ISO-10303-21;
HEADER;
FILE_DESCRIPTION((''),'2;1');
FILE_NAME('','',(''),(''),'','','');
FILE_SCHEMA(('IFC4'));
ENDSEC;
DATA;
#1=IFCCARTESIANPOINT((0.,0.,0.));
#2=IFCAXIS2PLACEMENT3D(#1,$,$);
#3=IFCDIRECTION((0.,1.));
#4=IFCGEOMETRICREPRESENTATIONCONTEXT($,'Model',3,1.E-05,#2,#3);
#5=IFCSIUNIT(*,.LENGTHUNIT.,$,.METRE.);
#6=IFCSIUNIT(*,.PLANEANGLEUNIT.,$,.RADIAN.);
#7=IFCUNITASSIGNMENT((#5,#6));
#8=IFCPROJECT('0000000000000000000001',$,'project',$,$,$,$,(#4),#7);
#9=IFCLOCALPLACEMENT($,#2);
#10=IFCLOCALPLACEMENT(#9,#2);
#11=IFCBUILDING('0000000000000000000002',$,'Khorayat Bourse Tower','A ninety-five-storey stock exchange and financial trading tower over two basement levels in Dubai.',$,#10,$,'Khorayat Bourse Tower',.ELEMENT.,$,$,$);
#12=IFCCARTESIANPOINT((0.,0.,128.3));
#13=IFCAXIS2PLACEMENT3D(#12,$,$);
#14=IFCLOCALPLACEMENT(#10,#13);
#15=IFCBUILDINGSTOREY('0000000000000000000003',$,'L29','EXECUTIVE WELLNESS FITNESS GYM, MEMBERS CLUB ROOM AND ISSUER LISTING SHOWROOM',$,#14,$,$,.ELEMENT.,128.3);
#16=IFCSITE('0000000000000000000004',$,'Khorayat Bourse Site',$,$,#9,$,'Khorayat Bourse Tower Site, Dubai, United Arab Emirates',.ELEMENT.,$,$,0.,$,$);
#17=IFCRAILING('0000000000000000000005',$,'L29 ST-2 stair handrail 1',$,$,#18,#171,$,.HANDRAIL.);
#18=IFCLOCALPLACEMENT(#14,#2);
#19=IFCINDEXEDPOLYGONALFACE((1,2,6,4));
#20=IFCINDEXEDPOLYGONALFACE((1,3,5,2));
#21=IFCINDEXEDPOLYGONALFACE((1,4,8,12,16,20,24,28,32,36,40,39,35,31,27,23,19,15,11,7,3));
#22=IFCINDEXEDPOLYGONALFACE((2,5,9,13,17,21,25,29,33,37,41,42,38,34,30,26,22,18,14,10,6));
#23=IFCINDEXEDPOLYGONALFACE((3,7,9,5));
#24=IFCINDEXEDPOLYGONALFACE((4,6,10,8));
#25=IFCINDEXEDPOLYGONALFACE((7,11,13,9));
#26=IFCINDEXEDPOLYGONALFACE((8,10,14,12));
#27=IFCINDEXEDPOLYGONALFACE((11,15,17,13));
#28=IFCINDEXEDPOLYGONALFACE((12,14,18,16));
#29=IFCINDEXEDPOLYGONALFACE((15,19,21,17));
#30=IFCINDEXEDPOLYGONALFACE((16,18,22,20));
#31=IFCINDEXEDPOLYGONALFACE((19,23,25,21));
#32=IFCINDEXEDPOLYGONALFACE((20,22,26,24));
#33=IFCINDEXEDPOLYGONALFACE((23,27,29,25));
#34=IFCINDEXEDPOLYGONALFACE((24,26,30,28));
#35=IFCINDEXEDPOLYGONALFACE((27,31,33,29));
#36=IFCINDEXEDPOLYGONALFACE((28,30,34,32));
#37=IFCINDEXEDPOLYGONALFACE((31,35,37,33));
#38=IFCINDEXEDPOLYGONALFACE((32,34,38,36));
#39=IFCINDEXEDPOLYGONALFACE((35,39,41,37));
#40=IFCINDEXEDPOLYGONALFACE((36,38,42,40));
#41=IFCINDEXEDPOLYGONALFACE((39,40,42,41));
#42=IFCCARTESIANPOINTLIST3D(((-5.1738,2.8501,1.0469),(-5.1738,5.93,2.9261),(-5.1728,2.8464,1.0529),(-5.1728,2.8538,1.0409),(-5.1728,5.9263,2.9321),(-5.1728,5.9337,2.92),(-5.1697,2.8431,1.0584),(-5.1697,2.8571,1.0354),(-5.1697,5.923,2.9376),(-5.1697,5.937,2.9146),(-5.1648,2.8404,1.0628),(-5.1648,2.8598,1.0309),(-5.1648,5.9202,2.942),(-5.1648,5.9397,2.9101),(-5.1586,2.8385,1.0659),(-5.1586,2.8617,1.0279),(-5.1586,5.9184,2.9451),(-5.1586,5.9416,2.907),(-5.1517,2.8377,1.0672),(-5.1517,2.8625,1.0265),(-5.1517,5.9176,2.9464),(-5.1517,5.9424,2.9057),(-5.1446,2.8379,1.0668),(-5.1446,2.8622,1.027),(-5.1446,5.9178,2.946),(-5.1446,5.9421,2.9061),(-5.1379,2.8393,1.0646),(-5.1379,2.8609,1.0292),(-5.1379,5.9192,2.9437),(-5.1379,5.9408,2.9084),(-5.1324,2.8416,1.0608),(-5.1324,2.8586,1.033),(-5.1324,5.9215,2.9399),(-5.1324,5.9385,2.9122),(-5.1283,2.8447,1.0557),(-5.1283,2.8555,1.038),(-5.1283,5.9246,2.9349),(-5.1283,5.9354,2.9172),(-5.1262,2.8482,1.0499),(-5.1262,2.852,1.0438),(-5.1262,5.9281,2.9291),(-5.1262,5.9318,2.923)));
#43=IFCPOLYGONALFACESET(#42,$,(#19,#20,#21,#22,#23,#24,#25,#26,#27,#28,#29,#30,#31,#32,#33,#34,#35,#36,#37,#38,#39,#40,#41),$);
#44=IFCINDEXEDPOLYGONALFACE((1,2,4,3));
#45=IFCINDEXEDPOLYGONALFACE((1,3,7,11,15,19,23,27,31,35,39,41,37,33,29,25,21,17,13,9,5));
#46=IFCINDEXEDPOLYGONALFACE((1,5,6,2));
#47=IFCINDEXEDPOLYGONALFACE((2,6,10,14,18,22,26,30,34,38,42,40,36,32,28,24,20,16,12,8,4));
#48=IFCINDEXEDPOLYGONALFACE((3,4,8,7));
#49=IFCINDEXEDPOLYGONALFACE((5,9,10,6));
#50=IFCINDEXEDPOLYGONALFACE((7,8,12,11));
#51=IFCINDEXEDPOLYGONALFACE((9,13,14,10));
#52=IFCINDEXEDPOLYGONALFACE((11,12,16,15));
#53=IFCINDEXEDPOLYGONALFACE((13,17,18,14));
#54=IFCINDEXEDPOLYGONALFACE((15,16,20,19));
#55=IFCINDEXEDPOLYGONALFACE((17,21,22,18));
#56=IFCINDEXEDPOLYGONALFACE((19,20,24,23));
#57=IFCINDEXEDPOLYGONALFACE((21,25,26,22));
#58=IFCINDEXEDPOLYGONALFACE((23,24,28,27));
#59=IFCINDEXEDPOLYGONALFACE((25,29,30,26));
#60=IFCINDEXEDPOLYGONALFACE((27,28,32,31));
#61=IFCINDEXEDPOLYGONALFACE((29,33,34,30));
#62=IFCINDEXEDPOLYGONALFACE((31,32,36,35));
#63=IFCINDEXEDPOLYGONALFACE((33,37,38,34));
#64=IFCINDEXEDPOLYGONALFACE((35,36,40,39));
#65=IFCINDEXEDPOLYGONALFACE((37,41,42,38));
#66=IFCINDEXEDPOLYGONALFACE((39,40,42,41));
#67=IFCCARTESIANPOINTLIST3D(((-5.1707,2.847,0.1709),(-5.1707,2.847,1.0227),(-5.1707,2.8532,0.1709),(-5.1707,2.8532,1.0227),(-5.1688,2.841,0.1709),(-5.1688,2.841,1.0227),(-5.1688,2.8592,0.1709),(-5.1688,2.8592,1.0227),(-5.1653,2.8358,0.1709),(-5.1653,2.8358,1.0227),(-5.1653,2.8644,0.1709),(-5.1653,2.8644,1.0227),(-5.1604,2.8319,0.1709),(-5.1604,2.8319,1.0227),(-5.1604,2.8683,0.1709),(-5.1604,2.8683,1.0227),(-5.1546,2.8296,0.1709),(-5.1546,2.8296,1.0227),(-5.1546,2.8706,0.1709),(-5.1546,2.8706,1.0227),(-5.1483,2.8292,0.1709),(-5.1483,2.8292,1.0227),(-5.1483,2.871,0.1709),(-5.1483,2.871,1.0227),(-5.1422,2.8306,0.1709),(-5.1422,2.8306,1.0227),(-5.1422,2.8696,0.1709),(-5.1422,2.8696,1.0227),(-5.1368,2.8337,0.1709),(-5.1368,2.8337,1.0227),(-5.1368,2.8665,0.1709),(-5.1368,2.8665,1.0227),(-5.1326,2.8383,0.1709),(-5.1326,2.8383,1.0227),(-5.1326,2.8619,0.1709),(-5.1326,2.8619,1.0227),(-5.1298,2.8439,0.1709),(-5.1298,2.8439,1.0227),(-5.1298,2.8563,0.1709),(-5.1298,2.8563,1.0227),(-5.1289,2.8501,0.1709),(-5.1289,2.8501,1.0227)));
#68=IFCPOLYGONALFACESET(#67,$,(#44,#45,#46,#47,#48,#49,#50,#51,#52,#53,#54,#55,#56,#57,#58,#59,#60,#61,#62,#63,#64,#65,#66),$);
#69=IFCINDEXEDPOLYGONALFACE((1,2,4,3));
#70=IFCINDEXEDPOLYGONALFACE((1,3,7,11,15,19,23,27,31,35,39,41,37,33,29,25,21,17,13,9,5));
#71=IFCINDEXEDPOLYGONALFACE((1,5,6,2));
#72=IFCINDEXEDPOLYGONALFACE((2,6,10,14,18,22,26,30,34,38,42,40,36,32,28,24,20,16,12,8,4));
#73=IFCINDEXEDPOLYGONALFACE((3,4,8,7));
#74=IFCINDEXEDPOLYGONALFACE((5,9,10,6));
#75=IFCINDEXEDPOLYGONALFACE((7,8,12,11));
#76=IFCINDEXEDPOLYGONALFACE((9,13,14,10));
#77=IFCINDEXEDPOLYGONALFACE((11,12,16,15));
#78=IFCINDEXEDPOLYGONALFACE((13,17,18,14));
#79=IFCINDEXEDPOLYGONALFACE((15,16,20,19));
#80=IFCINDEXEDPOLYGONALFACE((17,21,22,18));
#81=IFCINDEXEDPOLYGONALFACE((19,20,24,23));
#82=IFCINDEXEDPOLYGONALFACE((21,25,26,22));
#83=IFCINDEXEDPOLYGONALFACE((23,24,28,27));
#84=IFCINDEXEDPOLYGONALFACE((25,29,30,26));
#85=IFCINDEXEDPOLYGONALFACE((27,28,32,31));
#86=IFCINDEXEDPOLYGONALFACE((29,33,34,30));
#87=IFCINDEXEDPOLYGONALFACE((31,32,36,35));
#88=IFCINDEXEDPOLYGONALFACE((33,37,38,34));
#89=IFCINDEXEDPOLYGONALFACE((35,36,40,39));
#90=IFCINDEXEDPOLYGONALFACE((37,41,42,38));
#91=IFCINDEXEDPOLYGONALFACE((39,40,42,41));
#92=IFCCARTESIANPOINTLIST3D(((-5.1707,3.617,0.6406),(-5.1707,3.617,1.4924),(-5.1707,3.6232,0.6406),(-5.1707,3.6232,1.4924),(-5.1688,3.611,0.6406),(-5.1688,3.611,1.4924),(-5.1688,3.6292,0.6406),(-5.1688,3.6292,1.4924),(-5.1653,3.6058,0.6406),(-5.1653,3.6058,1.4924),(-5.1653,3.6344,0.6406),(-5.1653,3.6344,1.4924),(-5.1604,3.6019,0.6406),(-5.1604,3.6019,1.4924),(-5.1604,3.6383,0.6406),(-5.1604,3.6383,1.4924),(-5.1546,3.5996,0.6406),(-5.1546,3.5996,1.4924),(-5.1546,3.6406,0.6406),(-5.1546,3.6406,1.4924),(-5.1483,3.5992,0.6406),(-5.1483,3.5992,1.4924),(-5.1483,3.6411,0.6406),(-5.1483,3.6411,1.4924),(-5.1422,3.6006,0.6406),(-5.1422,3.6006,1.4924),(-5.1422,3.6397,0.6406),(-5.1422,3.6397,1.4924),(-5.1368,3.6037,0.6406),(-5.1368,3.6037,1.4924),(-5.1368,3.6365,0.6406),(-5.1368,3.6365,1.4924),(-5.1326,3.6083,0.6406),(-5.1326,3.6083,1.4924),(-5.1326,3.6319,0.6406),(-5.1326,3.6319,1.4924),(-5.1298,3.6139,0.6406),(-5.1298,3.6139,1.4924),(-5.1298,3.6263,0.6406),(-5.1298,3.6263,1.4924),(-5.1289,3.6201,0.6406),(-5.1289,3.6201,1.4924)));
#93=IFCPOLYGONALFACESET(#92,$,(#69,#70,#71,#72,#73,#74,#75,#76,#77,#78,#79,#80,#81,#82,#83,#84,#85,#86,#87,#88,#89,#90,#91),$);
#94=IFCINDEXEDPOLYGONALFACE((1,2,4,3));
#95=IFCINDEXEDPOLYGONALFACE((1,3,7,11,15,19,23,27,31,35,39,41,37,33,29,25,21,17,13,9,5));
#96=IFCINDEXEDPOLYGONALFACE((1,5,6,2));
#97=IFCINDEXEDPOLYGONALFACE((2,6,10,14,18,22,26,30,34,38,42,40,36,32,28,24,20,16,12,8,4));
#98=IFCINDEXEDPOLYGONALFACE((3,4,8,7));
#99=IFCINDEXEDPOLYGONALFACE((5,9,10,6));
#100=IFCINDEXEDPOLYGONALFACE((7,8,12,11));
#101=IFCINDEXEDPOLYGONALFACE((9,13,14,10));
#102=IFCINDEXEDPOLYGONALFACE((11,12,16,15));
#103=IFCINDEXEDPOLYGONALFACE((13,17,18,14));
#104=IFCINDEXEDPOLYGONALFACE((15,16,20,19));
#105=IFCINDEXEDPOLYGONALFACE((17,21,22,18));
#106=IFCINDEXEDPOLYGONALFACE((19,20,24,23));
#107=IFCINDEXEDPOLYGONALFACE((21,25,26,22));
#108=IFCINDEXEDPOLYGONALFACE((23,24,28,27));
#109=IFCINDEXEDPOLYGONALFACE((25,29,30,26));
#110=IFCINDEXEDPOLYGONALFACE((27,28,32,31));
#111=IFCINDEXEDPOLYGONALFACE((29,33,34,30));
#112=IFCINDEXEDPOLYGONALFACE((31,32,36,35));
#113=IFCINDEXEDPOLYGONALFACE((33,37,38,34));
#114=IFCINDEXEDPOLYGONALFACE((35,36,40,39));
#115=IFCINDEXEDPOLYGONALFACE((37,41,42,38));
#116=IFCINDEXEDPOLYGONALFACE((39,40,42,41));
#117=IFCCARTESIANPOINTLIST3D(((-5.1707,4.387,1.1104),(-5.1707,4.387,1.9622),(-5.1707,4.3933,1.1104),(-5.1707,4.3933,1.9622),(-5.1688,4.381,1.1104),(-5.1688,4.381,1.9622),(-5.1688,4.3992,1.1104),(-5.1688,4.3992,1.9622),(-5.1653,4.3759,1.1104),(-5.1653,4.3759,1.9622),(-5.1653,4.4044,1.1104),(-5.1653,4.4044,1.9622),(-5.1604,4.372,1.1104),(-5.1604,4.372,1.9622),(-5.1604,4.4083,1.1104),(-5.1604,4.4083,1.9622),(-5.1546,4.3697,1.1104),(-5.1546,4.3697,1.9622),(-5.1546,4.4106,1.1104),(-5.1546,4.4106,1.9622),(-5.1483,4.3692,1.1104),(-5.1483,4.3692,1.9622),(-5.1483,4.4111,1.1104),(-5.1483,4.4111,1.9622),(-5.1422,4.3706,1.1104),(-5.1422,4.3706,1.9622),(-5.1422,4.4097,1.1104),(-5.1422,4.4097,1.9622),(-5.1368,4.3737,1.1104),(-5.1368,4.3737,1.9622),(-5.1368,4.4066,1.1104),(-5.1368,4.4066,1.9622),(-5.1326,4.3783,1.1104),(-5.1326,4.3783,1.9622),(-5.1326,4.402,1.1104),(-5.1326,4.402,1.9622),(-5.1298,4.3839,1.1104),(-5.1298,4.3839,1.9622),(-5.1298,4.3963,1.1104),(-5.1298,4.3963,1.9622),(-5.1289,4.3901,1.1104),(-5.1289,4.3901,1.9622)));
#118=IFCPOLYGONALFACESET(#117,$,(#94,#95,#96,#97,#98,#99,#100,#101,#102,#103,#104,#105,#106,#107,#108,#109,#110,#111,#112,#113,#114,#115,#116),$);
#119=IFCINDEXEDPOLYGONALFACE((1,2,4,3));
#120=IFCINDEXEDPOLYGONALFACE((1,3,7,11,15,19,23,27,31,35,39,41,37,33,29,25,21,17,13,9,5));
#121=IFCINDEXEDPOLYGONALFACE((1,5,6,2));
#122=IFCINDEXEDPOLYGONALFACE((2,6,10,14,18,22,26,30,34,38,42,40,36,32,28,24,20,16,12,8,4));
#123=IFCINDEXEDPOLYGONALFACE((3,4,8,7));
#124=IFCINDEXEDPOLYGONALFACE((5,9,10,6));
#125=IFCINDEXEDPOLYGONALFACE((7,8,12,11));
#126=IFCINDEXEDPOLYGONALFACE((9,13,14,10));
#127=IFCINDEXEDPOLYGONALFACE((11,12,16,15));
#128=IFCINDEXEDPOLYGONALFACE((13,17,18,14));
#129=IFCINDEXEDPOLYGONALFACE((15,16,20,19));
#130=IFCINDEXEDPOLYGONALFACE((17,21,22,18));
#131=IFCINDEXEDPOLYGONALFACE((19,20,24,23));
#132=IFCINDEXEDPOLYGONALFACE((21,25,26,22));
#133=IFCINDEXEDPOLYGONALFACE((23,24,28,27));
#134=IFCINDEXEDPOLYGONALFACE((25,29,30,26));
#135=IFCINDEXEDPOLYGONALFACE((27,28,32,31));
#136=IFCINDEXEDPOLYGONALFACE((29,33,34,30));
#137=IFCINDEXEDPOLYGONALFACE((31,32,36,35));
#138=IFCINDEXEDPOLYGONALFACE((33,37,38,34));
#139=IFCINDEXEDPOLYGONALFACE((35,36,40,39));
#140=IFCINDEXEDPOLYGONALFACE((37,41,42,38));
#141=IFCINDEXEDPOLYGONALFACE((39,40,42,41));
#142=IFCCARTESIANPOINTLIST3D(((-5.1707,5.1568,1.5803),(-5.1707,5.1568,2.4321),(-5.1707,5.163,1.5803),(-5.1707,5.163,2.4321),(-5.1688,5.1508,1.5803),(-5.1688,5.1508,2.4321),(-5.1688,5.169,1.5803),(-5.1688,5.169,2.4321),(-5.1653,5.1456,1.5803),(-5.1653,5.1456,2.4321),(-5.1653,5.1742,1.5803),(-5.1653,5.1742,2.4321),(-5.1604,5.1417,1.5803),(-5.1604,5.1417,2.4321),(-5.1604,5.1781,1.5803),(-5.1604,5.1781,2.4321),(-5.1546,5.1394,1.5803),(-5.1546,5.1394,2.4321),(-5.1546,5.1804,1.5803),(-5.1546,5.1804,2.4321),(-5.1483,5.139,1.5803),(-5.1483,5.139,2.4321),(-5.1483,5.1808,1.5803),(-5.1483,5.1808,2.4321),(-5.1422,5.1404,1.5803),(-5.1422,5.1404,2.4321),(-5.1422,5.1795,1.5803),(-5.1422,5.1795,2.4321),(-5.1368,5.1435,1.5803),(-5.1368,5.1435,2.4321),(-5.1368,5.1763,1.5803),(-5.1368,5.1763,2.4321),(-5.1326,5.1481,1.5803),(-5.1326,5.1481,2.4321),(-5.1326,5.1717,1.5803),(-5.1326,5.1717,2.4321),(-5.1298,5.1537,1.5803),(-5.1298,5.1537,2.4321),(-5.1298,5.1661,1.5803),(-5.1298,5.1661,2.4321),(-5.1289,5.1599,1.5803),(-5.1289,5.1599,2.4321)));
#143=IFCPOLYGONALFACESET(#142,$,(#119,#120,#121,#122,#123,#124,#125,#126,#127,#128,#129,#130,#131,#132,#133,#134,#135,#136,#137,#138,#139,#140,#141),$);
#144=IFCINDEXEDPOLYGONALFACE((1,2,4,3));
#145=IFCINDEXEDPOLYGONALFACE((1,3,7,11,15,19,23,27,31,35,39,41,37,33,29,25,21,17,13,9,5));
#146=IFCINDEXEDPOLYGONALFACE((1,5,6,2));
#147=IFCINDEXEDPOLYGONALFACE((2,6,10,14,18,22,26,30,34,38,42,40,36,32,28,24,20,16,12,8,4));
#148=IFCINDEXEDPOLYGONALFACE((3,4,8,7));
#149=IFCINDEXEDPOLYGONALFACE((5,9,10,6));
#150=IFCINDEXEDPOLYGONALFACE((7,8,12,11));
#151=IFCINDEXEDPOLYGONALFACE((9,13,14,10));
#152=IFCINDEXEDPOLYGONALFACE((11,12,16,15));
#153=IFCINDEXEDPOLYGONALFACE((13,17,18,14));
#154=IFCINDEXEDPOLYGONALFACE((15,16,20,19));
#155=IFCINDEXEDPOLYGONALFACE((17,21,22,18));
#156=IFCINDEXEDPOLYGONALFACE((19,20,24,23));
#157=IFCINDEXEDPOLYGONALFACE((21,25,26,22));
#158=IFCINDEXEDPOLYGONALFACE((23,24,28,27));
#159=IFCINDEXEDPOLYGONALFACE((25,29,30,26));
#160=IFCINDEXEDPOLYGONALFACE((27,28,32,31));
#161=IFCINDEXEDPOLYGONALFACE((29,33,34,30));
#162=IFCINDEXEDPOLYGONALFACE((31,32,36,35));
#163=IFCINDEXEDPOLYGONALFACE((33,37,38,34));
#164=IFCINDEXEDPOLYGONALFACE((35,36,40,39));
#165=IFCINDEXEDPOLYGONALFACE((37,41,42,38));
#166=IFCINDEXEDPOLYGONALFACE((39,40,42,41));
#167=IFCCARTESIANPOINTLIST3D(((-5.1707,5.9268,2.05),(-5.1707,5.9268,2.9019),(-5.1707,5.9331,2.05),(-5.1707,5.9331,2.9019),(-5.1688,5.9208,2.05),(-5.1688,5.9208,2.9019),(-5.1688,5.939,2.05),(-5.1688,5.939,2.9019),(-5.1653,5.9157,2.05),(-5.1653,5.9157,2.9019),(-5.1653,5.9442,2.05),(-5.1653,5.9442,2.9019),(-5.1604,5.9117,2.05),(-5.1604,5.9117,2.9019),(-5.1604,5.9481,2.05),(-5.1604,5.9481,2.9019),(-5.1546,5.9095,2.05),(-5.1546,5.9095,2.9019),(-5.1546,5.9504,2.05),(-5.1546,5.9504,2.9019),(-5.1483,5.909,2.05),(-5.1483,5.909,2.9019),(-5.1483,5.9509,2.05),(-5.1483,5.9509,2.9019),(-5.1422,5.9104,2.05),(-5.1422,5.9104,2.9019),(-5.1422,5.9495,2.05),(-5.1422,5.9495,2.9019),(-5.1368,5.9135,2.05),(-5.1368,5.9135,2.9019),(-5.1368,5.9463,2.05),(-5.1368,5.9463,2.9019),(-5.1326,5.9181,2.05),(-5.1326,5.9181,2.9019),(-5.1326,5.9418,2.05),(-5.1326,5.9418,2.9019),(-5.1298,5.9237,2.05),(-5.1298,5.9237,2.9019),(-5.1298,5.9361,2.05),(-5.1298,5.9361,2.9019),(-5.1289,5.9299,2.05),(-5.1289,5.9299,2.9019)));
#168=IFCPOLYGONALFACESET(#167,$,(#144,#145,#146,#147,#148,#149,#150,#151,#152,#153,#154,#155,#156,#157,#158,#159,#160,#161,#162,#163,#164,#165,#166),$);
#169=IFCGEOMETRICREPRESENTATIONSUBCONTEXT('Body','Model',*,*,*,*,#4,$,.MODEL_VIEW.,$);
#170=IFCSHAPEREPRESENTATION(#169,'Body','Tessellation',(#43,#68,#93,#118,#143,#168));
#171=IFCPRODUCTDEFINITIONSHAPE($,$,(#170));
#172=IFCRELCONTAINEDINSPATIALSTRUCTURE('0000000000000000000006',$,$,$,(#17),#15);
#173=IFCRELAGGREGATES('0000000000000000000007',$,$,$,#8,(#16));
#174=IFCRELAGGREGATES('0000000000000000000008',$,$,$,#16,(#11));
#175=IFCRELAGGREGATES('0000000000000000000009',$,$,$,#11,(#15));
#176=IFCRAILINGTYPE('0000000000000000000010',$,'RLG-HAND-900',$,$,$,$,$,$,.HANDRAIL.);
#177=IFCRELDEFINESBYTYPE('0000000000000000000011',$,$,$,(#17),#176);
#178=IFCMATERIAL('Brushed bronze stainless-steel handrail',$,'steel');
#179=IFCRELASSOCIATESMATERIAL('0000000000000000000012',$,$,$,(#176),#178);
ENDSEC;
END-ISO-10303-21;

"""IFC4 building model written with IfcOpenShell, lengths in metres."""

from ifc_helpers import new_model, si_unit, direction, frame, origin, origin_2d, place, context, subcontext, project, spatial, circle, extrude, source, transform, mapped, material, type_object, element, save


model = new_model("IFC4")

# Units and contexts
model_context = context("Model", 3, precision=1e-05, world=origin(), true_north=direction((0.0, 1.0)))
body_context = subcontext(model_context, "Body", "Model", "MODEL_VIEW")
ifc_project = project(units=[si_unit("LENGTHUNIT", "METRE"), si_unit("PLANEANGLEUNIT", "RADIAN")], contexts=[model_context])

# Site, building, storey
site_placement = place(None, origin())
site = spatial("IfcSite", under=ifc_project, at=site_placement, Name="Khorayat Bourse Site", LongName="Khorayat Bourse Tower Site, Dubai, United Arab Emirates", CompositionType="ELEMENT", RefElevation=0.0)
building_placement = place(site_placement, origin())
building = spatial("IfcBuilding", under=site, at=building_placement, Name="Khorayat Bourse Tower", Description="A ninety-five-storey stock exchange and financial trading tower over two basement levels in Dubai.", LongName="Khorayat Bourse Tower", CompositionType="ELEMENT")
storey_placement = place(building_placement, frame((0.0, 0.0, 128.3)))
storey = spatial("IfcBuildingStorey", under=building, at=storey_placement, Name="L29", Description="EXECUTIVE WELLNESS FITNESS GYM, MEMBERS CLUB ROOM AND ISSUER LISTING SHOWROOM", CompositionType="ELEMENT", Elevation=128.3)

# Railing
ifc_material_1 = material(Name="Brushed bronze stainless-steel handrail", Category="steel")
railing_type_1 = type_object("IfcRailingType", Name="RLG-HAND-900", PredefinedType="HANDRAIL", material=ifc_material_1)
shared_shape_1 = source(origin(), body_context, "Body", "SweptSolid", [
    extrude(circle(Radius=0.0239, at=origin_2d()), frame((0.0, 0.0, 0.876), z_axis=(0.0, 0.853648, 0.52085), x_axis=(-1.0, 0.0, 0.0)), (0.0, 0.0, 1.0), 3.6079),
    extrude(circle(Radius=0.021, at=origin_2d()), origin(), (0.0, 0.0, 1.0), 0.8518),
    extrude(circle(Radius=0.021, at=origin_2d()), frame((0.0, 0.77, 0.4697)), (0.0, 0.0, 1.0), 0.8518),
    extrude(circle(Radius=0.021, at=origin_2d()), frame((0.0, 1.54, 0.9395)), (0.0, 0.0, 1.0), 0.8518),
    extrude(circle(Radius=0.021, at=origin_2d()), frame((0.0, 2.3098, 1.4094)), (0.0, 0.0, 1.0), 0.8518),
    extrude(circle(Radius=0.021, at=origin_2d()), frame((0.0, 3.0798, 1.8792)), (0.0, 0.0, 1.0), 0.8518),
])
railing_1_placement = place(storey_placement, frame((-5.1499, 2.8501, 0.1709)))
element("IfcRailing", 1, at=railing_1_placement, inside=storey, type_object=railing_type_1, Name="L29 ST-2 stair handrail 1", PredefinedType="HANDRAIL", context=body_context, shape_type="MappedRepresentation", body=[
    mapped(shared_shape_1, transform((0.0, 0.0, 0.0), scale=1.0)),
])

save(model, "model.ifc")
